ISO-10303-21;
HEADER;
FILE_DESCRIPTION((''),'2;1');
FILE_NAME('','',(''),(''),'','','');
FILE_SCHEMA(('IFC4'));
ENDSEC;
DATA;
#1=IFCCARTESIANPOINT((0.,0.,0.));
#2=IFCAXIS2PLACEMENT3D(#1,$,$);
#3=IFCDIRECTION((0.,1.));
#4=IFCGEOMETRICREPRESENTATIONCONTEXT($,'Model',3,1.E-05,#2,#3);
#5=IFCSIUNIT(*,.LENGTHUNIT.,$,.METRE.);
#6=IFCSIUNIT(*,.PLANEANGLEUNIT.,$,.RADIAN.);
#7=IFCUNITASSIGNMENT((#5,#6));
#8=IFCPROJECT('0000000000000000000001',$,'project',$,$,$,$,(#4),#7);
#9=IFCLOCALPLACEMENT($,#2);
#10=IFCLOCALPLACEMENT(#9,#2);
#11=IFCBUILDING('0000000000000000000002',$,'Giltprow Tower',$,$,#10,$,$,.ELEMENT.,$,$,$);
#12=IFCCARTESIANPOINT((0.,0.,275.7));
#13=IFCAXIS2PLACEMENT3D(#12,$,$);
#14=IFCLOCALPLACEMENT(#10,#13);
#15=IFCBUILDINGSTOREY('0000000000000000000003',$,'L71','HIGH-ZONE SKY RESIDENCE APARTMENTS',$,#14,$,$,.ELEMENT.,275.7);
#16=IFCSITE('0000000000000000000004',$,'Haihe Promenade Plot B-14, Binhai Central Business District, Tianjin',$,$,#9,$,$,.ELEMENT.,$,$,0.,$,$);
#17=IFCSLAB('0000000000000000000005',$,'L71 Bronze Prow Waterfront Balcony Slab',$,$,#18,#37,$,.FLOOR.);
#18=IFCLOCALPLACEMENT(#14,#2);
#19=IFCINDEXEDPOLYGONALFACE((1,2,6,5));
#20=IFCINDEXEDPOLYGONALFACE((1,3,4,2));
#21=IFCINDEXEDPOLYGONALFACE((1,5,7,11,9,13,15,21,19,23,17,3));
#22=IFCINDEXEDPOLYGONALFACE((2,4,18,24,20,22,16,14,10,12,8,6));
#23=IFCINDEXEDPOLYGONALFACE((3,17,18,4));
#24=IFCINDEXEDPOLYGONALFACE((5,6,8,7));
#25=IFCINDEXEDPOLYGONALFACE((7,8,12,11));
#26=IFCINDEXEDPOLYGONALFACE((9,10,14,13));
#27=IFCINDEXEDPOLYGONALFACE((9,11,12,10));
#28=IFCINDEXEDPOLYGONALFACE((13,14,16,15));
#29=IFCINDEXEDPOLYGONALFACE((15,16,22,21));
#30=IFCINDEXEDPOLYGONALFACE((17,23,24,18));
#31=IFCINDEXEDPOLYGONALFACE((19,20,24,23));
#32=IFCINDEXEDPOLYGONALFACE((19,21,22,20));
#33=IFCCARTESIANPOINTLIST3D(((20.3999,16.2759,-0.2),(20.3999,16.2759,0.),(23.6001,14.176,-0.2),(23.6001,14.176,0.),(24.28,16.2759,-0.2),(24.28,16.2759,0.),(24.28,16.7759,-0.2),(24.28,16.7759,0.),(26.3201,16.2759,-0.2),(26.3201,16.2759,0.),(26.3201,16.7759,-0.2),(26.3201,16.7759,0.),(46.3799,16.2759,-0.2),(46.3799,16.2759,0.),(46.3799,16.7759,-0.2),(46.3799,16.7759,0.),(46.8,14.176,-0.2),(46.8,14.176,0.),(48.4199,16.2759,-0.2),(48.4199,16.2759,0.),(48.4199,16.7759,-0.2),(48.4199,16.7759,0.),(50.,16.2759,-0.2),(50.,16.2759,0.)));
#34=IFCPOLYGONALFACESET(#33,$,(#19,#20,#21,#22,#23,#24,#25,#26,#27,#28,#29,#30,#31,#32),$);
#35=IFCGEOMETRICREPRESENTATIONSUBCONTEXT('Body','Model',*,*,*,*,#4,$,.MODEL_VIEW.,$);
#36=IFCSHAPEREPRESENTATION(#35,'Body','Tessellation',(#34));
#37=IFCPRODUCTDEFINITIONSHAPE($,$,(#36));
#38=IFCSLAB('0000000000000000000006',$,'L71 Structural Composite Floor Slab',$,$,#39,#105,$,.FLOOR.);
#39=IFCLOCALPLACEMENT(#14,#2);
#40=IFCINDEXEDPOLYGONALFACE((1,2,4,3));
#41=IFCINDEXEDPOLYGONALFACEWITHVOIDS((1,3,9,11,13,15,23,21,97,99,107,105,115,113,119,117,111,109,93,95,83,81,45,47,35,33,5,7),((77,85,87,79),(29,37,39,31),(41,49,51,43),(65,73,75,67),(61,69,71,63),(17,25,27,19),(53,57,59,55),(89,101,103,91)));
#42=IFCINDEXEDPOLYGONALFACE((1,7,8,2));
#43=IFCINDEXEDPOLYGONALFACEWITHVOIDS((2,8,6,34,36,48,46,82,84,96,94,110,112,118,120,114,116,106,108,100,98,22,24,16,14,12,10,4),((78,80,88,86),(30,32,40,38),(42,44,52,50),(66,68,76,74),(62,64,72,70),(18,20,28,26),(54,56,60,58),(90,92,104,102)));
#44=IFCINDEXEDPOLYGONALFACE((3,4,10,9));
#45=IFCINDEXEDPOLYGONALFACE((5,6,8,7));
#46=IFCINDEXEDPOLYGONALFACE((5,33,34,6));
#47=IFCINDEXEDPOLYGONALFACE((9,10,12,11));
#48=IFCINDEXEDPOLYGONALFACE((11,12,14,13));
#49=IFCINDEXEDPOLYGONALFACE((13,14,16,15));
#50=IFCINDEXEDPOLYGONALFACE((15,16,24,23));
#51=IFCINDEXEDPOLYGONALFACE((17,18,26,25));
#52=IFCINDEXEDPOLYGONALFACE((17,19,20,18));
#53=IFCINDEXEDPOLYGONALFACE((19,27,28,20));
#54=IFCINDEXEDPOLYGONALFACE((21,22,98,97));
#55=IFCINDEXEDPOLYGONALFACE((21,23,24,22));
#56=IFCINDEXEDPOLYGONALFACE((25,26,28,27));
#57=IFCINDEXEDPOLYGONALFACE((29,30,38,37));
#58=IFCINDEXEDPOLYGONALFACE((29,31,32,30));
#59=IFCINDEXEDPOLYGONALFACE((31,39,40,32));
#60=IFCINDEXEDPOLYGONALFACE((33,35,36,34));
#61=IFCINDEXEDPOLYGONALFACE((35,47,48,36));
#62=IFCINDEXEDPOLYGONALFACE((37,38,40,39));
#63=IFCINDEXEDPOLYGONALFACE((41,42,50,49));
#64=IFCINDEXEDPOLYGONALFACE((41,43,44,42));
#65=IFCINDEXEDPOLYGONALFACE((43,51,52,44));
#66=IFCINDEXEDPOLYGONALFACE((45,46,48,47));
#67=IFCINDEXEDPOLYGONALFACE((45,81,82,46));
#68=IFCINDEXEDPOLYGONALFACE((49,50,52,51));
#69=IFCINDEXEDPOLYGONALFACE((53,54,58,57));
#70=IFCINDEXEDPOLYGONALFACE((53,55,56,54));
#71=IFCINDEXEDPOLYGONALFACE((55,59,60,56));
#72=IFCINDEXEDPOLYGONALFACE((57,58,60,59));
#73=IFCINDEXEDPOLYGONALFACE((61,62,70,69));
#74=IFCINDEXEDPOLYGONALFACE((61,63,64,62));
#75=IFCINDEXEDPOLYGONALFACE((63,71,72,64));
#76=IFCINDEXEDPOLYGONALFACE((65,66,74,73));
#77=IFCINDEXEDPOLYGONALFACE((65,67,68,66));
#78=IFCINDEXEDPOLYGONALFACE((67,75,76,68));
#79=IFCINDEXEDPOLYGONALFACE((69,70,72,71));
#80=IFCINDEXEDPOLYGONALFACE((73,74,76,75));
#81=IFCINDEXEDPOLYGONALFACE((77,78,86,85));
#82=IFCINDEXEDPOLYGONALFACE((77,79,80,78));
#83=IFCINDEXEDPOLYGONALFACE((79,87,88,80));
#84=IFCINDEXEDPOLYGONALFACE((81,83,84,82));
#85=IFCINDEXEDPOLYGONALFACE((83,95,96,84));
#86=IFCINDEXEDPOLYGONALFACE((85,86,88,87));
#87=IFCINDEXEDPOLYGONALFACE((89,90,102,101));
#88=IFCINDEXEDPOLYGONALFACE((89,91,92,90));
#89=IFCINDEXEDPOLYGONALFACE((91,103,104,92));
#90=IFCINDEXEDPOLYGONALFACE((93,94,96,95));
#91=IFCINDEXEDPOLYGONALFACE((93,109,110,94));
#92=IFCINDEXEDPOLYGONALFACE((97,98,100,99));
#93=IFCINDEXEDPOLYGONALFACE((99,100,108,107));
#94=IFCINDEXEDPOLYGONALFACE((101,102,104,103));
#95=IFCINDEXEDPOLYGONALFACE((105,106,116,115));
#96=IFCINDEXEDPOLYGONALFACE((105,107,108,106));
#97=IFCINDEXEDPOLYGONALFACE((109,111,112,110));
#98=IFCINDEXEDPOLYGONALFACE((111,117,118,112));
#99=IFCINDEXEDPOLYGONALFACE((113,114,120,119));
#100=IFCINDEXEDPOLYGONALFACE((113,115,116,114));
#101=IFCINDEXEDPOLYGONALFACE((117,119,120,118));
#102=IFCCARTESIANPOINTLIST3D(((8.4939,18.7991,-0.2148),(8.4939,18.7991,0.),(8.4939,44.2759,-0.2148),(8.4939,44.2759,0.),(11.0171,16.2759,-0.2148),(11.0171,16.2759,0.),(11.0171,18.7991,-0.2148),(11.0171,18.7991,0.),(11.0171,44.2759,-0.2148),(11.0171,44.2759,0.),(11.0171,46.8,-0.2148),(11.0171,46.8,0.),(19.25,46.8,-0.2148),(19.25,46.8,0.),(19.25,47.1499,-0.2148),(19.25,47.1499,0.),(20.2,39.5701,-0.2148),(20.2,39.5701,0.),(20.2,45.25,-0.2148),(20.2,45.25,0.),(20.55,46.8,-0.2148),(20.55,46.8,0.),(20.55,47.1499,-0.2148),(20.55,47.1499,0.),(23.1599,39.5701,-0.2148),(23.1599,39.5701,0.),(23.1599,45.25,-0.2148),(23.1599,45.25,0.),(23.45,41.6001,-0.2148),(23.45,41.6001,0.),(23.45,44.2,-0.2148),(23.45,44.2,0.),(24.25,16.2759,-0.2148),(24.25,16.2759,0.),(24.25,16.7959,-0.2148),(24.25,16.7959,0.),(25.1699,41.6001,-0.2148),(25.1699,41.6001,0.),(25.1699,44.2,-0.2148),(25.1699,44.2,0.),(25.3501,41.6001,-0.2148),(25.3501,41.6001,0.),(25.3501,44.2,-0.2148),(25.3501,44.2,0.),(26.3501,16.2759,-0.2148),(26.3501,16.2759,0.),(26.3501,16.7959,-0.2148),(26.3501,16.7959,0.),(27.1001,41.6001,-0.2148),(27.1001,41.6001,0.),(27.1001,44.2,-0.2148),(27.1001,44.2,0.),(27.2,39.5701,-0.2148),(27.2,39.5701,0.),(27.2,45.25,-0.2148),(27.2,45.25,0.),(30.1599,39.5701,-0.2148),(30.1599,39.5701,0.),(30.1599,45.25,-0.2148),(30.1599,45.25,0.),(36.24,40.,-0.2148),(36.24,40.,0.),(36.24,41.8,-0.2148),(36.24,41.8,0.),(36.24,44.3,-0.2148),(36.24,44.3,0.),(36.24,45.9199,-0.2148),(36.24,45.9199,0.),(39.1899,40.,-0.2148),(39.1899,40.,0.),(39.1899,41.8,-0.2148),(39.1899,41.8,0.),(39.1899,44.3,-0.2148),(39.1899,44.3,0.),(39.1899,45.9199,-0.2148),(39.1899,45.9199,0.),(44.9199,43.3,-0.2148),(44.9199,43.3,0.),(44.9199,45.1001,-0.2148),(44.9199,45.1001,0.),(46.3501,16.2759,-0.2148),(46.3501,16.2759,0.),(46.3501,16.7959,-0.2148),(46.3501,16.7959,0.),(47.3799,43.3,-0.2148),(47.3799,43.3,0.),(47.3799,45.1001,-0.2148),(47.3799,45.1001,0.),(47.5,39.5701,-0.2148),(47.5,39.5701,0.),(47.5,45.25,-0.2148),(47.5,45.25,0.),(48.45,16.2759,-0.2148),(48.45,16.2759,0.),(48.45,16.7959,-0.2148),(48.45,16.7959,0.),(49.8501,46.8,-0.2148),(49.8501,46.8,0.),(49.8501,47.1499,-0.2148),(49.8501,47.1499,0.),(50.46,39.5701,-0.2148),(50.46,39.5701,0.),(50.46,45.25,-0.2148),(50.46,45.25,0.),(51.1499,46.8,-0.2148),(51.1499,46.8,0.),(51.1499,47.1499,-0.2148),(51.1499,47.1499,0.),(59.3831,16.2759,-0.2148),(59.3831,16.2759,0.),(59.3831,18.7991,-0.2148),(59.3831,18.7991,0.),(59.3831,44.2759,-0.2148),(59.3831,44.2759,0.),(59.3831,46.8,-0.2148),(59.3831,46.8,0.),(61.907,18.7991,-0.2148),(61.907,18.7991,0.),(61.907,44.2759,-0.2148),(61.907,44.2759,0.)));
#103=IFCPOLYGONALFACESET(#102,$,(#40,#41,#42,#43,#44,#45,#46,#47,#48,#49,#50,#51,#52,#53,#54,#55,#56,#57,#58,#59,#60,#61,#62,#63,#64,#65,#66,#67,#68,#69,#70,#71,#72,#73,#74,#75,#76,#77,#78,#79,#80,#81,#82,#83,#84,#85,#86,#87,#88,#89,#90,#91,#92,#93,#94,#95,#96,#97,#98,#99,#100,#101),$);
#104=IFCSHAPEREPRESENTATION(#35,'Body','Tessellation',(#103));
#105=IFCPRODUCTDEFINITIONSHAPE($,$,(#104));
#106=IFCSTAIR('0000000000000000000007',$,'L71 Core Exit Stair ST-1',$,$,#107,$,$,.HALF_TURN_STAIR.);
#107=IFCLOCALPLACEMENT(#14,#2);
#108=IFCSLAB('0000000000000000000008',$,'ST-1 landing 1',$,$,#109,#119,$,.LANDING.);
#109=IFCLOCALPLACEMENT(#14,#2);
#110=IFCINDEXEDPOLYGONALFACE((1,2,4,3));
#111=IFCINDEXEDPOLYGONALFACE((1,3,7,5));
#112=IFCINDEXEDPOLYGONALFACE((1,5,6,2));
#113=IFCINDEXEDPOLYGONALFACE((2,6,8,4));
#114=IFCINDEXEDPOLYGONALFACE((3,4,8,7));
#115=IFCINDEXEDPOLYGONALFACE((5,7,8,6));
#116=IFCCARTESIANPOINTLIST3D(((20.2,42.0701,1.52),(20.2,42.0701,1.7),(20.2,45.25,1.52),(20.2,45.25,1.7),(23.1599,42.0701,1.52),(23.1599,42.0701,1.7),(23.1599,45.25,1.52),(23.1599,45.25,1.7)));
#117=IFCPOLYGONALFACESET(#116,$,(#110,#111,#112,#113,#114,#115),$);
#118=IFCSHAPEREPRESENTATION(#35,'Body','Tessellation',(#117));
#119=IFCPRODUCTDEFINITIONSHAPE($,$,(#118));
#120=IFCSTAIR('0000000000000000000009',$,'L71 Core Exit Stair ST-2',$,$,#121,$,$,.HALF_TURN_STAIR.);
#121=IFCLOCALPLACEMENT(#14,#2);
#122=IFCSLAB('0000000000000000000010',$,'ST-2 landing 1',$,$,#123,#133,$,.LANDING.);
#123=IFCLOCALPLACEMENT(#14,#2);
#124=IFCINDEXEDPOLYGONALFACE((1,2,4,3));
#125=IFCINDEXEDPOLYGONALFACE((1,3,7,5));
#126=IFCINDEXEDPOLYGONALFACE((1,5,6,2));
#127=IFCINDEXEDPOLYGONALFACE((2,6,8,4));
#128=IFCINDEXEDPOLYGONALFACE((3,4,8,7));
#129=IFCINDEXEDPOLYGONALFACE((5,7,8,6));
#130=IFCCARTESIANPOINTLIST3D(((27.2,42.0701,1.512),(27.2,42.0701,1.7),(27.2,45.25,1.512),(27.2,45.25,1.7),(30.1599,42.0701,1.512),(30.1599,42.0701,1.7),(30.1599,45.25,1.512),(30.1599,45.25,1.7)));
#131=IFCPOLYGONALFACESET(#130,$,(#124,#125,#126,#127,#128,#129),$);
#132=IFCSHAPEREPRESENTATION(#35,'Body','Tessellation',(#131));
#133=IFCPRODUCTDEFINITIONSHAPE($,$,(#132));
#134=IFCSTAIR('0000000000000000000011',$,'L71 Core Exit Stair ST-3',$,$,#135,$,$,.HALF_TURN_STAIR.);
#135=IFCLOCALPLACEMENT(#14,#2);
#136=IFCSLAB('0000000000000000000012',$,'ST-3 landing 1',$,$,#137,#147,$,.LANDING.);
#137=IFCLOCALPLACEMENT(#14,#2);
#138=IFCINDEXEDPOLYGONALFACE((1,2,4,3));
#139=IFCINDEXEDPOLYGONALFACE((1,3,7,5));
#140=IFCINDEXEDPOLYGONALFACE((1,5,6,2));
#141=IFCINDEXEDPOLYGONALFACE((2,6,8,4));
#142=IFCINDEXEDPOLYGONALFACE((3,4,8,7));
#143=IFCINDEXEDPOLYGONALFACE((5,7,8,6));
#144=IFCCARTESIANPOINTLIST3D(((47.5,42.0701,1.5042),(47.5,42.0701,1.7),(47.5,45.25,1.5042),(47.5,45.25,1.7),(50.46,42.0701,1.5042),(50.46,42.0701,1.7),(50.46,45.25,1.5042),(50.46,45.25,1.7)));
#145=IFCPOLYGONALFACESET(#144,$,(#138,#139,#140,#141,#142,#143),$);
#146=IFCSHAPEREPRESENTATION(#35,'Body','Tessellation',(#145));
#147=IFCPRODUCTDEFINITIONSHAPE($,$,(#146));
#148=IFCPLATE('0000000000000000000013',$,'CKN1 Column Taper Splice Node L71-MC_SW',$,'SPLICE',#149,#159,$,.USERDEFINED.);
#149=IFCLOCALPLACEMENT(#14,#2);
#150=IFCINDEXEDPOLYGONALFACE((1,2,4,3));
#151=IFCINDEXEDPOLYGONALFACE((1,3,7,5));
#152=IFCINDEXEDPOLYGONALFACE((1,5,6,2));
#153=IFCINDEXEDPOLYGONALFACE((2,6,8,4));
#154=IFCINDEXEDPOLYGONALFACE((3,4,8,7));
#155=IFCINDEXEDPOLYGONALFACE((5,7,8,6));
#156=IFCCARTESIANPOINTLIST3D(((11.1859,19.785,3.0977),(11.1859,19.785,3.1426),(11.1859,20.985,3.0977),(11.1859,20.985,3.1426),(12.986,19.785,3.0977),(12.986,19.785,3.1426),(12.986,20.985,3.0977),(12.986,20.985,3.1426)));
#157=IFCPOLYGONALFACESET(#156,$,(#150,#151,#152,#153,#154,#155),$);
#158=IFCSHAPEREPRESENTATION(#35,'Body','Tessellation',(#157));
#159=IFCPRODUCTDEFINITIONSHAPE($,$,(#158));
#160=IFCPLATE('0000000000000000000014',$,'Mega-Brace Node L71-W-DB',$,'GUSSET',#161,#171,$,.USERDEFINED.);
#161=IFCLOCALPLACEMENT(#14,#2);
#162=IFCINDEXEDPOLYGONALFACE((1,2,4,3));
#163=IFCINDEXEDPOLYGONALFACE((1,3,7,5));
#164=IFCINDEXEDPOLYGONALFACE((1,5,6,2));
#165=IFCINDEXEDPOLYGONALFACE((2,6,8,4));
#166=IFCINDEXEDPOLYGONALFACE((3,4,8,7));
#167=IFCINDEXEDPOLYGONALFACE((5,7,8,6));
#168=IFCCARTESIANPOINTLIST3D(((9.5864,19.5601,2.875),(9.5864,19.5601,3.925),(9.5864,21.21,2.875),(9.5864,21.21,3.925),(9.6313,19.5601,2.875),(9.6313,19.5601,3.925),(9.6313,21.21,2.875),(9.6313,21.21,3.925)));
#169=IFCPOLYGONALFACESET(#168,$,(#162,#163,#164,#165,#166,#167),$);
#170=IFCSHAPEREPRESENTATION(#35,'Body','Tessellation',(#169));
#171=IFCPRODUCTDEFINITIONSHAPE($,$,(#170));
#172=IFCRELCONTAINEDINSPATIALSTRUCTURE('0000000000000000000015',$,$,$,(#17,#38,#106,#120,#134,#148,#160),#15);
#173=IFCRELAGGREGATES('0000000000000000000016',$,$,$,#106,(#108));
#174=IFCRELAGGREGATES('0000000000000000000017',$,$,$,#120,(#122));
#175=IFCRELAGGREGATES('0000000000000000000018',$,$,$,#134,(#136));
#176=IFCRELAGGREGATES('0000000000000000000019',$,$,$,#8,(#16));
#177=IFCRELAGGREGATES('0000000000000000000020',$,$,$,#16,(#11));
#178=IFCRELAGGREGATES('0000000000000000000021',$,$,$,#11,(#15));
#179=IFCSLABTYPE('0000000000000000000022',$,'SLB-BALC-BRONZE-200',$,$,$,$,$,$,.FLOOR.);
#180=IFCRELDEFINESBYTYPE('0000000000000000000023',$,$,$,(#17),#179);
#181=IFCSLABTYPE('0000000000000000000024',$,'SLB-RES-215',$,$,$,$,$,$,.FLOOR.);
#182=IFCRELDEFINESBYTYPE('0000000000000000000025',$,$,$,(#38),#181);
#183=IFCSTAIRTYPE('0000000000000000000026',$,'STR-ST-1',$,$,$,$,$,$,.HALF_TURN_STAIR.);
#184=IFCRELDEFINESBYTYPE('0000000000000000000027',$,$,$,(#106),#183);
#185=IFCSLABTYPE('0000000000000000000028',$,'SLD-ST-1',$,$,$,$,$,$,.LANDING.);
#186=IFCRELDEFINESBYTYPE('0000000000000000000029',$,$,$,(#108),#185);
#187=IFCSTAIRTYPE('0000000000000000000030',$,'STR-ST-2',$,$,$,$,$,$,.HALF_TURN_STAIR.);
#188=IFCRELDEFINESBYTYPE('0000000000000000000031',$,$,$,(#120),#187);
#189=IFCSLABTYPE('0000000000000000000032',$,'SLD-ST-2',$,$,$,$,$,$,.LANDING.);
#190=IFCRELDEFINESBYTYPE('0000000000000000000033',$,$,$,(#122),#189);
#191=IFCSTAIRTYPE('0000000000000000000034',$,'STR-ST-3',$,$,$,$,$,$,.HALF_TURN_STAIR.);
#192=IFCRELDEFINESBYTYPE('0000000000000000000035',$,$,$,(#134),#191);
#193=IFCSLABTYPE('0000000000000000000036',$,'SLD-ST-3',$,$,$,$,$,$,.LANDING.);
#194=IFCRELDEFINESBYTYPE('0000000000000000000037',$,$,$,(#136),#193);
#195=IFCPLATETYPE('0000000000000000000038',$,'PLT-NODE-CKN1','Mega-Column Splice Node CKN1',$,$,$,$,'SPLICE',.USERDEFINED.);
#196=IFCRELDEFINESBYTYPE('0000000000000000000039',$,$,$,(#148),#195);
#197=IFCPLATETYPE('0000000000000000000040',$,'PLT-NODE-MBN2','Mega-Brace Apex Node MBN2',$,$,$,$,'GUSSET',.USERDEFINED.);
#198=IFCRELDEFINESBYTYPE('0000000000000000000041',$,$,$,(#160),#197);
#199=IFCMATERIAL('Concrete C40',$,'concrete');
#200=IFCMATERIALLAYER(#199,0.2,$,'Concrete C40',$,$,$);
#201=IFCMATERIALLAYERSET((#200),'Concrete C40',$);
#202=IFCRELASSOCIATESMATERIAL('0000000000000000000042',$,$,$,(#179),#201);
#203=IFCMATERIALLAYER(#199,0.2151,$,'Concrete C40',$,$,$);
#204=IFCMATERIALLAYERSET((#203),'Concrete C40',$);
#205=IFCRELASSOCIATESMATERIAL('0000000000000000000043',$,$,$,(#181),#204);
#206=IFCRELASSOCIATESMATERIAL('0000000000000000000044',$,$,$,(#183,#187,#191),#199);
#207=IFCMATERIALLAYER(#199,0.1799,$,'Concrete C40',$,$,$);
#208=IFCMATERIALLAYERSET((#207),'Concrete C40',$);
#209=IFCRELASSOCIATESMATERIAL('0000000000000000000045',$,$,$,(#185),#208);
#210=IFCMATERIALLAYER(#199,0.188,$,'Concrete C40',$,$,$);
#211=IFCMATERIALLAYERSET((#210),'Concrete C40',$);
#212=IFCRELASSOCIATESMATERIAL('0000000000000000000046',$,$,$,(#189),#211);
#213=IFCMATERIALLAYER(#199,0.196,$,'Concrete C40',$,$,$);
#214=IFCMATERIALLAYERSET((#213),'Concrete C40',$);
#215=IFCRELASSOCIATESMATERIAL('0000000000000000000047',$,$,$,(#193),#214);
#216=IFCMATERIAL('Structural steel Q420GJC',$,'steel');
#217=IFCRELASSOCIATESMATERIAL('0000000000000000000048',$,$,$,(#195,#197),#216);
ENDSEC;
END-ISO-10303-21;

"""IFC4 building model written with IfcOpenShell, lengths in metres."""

from ifc_helpers import new_model, si_unit, direction, frame, origin, origin_2d, place, context, subcontext, project, spatial, polyline, rectangle, outline, extrude, source, transform, mapped, material, layer, layer_set, type_object, element, aggregate, save


model = new_model("IFC4")

# Units and contexts
model_context = context("Model", 3, precision=1e-05, world=origin(), true_north=direction((0.0, 1.0)))
body_context = subcontext(model_context, "Body", "Model", "MODEL_VIEW")
ifc_project = project(units=[si_unit("LENGTHUNIT", "METRE"), si_unit("PLANEANGLEUNIT", "RADIAN")], contexts=[model_context])

# Site, building, storey
site_placement = place(None, origin())
site = spatial("IfcSite", under=ifc_project, at=site_placement, Name="Haihe Promenade Plot B-14, Binhai Central Business District, Tianjin", CompositionType="ELEMENT", RefElevation=0.0)
building_placement = place(site_placement, origin())
building = spatial("IfcBuilding", under=site, at=building_placement, Name="Giltprow Tower", CompositionType="ELEMENT")
storey_placement = place(building_placement, frame((0.0, 0.0, 275.7)))
storey = spatial("IfcBuildingStorey", under=building, at=storey_placement, Name="L71", Description="HIGH-ZONE SKY RESIDENCE APARTMENTS", CompositionType="ELEMENT", Elevation=275.7)

# Shared definitions
ifc_material_1 = material(Name="Structural steel Q420GJC", Category="steel")

# Slabs
ifc_material_2 = material(Name="Concrete C40", Category="concrete")
ifc_layer_1 = layer(ifc_material_2, 0.2, Name="Concrete C40")
ifc_layer_set_1 = layer_set([ifc_layer_1], Name="Concrete C40")
slab_type_1 = type_object("IfcSlabType", Name="SLB-BALC-BRONZE-200", PredefinedType="FLOOR", material=ifc_layer_set_1)
slab_1_placement = place(storey_placement, frame((0.0, 0.0, -0.2)))
element("IfcSlab", 1, at=slab_1_placement, inside=storey, type_object=slab_type_1, Name="L71 Bronze Prow Waterfront Balcony Slab", PredefinedType="FLOOR", context=body_context, shape_type="SweptSolid", body=[
    extrude(outline(polyline([(50.0, 16.2759), (46.8, 14.176), (23.6001, 14.176), (20.3999, 16.2759), (24.28, 16.2759), (24.28, 16.7759), (26.3201, 16.7759), (26.3201, 16.2759), (46.3799, 16.2759), (46.3799, 16.7759), (48.4199, 16.7759), (48.4199, 16.2759), (50.0, 16.2759)])), origin(), (0.0, 0.0, 1.0), 0.2),
])
ifc_layer_2 = layer(ifc_material_2, 0.2151, Name="Concrete C40")
ifc_layer_set_2 = layer_set([ifc_layer_2], Name="Concrete C40")
slab_type_2 = type_object("IfcSlabType", Name="SLB-RES-215", PredefinedType="FLOOR", material=ifc_layer_set_2)
slab_2_placement = place(storey_placement, frame((0.0, 0.0, -0.2148)))
element("IfcSlab", 2, at=slab_2_placement, inside=storey, type_object=slab_type_2, Name="L71 Structural Composite Floor Slab", PredefinedType="FLOOR", context=body_context, shape_type="SweptSolid", body=[
    extrude(outline(polyline([(61.907, 44.2759), (61.907, 18.7991), (59.3831, 18.7991), (59.3831, 16.2759), (48.45, 16.2759), (48.45, 16.7959), (46.3501, 16.7959), (46.3501, 16.2759), (26.3501, 16.2759), (26.3501, 16.7959), (24.25, 16.7959), (24.25, 16.2759), (11.0171, 16.2759), (11.0171, 18.7991), (8.4939, 18.7991), (8.4939, 44.2759), (11.0171, 44.2759), (11.0171, 46.8), (19.25, 46.8), (19.25, 47.1499), (20.55, 47.1499), (20.55, 46.8), (49.8501, 46.8), (49.8501, 47.1499), (51.1499, 47.1499), (51.1499, 46.8), (59.3831, 46.8), (59.3831, 44.2759), (61.907, 44.2759)]), holes=[polyline([(39.1899, 41.8), (36.24, 41.8), (36.24, 40.0), (39.1899, 40.0), (39.1899, 41.8)]), polyline([(23.1599, 39.5701), (23.1599, 45.25), (20.2, 45.25), (20.2, 39.5701), (23.1599, 39.5701)]), polyline([(30.1599, 39.5701), (30.1599, 45.25), (27.2, 45.25), (27.2, 39.5701), (30.1599, 39.5701)]), polyline([(50.46, 45.25), (47.5, 45.25), (47.5, 39.5701), (50.46, 39.5701), (50.46, 45.25)]), polyline([(25.1699, 44.2), (23.45, 44.2), (23.45, 41.6001), (25.1699, 41.6001), (25.1699, 44.2)]), polyline([(27.1001, 44.2), (25.3501, 44.2), (25.3501, 41.6001), (27.1001, 41.6001), (27.1001, 44.2)]), polyline([(47.3799, 43.3), (47.3799, 45.1001), (44.9199, 45.1001), (44.9199, 43.3), (47.3799, 43.3)]), polyline([(39.1899, 44.3), (39.1899, 45.9199), (36.24, 45.9199), (36.24, 44.3), (39.1899, 44.3)])]), origin(), (0.0, 0.0, 1.0), 0.2148),
])

# Stairs, slabs
stair_type_1 = type_object("IfcStairType", Name="STR-ST-1", PredefinedType="HALF_TURN_STAIR", material=ifc_material_2)
stair_1_placement = place(storey_placement, origin())
stair_1 = element("IfcStair", 3, at=stair_1_placement, inside=storey, type_object=stair_type_1, Name="L71 Core Exit Stair ST-1", PredefinedType="HALF_TURN_STAIR")
ifc_layer_3 = layer(ifc_material_2, 0.1799, Name="Concrete C40")
ifc_layer_set_3 = layer_set([ifc_layer_3], Name="Concrete C40")
slab_type_3 = type_object("IfcSlabType", Name="SLD-ST-1", PredefinedType="LANDING", material=ifc_layer_set_3)
slab_3_placement = place(storey_placement, frame((0.0, 0.0, 1.52)))
slab_3 = element("IfcSlab", 4, at=slab_3_placement, type_object=slab_type_3, Name="ST-1 landing 1", PredefinedType="LANDING", context=body_context, shape_type="SweptSolid", body=[
    extrude(outline(polyline([(23.1599, 42.0701), (23.1599, 45.25), (20.2, 45.25), (20.2, 42.0701), (23.1599, 42.0701)])), origin(), (0.0, 0.0, 1.0), 0.1799),
])
aggregate(stair_1, [slab_3])
stair_type_2 = type_object("IfcStairType", Name="STR-ST-2", PredefinedType="HALF_TURN_STAIR", material=ifc_material_2)
stair_2_placement = place(storey_placement, origin())
stair_2 = element("IfcStair", 5, at=stair_2_placement, inside=storey, type_object=stair_type_2, Name="L71 Core Exit Stair ST-2", PredefinedType="HALF_TURN_STAIR")
ifc_layer_4 = layer(ifc_material_2, 0.188, Name="Concrete C40")
ifc_layer_set_4 = layer_set([ifc_layer_4], Name="Concrete C40")
slab_type_4 = type_object("IfcSlabType", Name="SLD-ST-2", PredefinedType="LANDING", material=ifc_layer_set_4)
slab_4_placement = place(storey_placement, frame((0.0, 0.0, 1.512)))
slab_4 = element("IfcSlab", 6, at=slab_4_placement, type_object=slab_type_4, Name="ST-2 landing 1", PredefinedType="LANDING", context=body_context, shape_type="SweptSolid", body=[
    extrude(outline(polyline([(30.1599, 42.0701), (30.1599, 45.25), (27.2, 45.25), (27.2, 42.0701), (30.1599, 42.0701)])), origin(), (0.0, 0.0, 1.0), 0.188),
])
aggregate(stair_2, [slab_4])
stair_type_3 = type_object("IfcStairType", Name="STR-ST-3", PredefinedType="HALF_TURN_STAIR", material=ifc_material_2)
stair_3_placement = place(storey_placement, origin())
stair_3 = element("IfcStair", 7, at=stair_3_placement, inside=storey, type_object=stair_type_3, Name="L71 Core Exit Stair ST-3", PredefinedType="HALF_TURN_STAIR")
ifc_layer_5 = layer(ifc_material_2, 0.196, Name="Concrete C40")
ifc_layer_set_5 = layer_set([ifc_layer_5], Name="Concrete C40")
slab_type_5 = type_object("IfcSlabType", Name="SLD-ST-3", PredefinedType="LANDING", material=ifc_layer_set_5)
slab_5_placement = place(storey_placement, frame((0.0, 0.0, 1.5042)))
slab_5 = element("IfcSlab", 8, at=slab_5_placement, type_object=slab_type_5, Name="ST-3 landing 1", PredefinedType="LANDING", context=body_context, shape_type="SweptSolid", body=[
    extrude(outline(polyline([(50.46, 42.0701), (50.46, 45.25), (47.5, 45.25), (47.5, 42.0701), (50.46, 42.0701)])), origin(), (0.0, 0.0, 1.0), 0.1958),
])
aggregate(stair_3, [slab_5])

# Plates
plate_type_1 = type_object("IfcPlateType", Name="PLT-NODE-CKN1", Description="Mega-Column Splice Node CKN1", ElementType="SPLICE", PredefinedType="USERDEFINED", material=ifc_material_1)
shared_shape_1 = source(origin(), body_context, "Body", "SweptSolid", [
    extrude(rectangle(XDim=1.8, YDim=1.2, at=origin_2d()), origin(), (0.0, 0.0, 1.0), 0.0449),
])
plate_1_placement = place(storey_placement, frame((12.0859, 20.385, 3.0977), z_axis=(0.0, 0.0, 1.0), x_axis=(1.0, 0.0, 0.0)))
element("IfcPlate", 9, at=plate_1_placement, inside=storey, type_object=plate_type_1, Name="CKN1 Column Taper Splice Node L71-MC_SW", ObjectType="SPLICE", PredefinedType="USERDEFINED", context=body_context, shape_type="MappedRepresentation", body=[
    mapped(shared_shape_1, transform((0.0, 0.0, 0.0), x_axis=(1.0, 0.0, 0.0), y_axis=(0.0, 1.0, 0.0), z_axis=(0.0, 0.0, 1.0), scale=1.0)),
])
plate_type_2 = type_object("IfcPlateType", Name="PLT-NODE-MBN2", Description="Mega-Brace Apex Node MBN2", ElementType="GUSSET", PredefinedType="USERDEFINED", material=ifc_material_1)
shared_shape_2 = source(origin(), body_context, "Body", "SweptSolid", [
    extrude(rectangle(XDim=1.6499, YDim=0.0449, at=origin_2d()), origin(), (0.0, 0.0, 1.0), 1.05),
])
plate_2_placement = place(storey_placement, frame((9.6089, 20.385, 2.875), z_axis=(0.0, 0.0, 1.0), x_axis=(0.0, 1.0, 0.0)))
element("IfcPlate", 10, at=plate_2_placement, inside=storey, type_object=plate_type_2, Name="Mega-Brace Node L71-W-DB", ObjectType="GUSSET", PredefinedType="USERDEFINED", context=body_context, shape_type="MappedRepresentation", body=[
    mapped(shared_shape_2, transform((0.0, 0.0, 0.0), x_axis=(1.0, 0.0, 0.0), y_axis=(0.0, 1.0, 0.0), z_axis=(0.0, 0.0, 1.0), scale=1.0)),
])

save(model, "model.ifc")
